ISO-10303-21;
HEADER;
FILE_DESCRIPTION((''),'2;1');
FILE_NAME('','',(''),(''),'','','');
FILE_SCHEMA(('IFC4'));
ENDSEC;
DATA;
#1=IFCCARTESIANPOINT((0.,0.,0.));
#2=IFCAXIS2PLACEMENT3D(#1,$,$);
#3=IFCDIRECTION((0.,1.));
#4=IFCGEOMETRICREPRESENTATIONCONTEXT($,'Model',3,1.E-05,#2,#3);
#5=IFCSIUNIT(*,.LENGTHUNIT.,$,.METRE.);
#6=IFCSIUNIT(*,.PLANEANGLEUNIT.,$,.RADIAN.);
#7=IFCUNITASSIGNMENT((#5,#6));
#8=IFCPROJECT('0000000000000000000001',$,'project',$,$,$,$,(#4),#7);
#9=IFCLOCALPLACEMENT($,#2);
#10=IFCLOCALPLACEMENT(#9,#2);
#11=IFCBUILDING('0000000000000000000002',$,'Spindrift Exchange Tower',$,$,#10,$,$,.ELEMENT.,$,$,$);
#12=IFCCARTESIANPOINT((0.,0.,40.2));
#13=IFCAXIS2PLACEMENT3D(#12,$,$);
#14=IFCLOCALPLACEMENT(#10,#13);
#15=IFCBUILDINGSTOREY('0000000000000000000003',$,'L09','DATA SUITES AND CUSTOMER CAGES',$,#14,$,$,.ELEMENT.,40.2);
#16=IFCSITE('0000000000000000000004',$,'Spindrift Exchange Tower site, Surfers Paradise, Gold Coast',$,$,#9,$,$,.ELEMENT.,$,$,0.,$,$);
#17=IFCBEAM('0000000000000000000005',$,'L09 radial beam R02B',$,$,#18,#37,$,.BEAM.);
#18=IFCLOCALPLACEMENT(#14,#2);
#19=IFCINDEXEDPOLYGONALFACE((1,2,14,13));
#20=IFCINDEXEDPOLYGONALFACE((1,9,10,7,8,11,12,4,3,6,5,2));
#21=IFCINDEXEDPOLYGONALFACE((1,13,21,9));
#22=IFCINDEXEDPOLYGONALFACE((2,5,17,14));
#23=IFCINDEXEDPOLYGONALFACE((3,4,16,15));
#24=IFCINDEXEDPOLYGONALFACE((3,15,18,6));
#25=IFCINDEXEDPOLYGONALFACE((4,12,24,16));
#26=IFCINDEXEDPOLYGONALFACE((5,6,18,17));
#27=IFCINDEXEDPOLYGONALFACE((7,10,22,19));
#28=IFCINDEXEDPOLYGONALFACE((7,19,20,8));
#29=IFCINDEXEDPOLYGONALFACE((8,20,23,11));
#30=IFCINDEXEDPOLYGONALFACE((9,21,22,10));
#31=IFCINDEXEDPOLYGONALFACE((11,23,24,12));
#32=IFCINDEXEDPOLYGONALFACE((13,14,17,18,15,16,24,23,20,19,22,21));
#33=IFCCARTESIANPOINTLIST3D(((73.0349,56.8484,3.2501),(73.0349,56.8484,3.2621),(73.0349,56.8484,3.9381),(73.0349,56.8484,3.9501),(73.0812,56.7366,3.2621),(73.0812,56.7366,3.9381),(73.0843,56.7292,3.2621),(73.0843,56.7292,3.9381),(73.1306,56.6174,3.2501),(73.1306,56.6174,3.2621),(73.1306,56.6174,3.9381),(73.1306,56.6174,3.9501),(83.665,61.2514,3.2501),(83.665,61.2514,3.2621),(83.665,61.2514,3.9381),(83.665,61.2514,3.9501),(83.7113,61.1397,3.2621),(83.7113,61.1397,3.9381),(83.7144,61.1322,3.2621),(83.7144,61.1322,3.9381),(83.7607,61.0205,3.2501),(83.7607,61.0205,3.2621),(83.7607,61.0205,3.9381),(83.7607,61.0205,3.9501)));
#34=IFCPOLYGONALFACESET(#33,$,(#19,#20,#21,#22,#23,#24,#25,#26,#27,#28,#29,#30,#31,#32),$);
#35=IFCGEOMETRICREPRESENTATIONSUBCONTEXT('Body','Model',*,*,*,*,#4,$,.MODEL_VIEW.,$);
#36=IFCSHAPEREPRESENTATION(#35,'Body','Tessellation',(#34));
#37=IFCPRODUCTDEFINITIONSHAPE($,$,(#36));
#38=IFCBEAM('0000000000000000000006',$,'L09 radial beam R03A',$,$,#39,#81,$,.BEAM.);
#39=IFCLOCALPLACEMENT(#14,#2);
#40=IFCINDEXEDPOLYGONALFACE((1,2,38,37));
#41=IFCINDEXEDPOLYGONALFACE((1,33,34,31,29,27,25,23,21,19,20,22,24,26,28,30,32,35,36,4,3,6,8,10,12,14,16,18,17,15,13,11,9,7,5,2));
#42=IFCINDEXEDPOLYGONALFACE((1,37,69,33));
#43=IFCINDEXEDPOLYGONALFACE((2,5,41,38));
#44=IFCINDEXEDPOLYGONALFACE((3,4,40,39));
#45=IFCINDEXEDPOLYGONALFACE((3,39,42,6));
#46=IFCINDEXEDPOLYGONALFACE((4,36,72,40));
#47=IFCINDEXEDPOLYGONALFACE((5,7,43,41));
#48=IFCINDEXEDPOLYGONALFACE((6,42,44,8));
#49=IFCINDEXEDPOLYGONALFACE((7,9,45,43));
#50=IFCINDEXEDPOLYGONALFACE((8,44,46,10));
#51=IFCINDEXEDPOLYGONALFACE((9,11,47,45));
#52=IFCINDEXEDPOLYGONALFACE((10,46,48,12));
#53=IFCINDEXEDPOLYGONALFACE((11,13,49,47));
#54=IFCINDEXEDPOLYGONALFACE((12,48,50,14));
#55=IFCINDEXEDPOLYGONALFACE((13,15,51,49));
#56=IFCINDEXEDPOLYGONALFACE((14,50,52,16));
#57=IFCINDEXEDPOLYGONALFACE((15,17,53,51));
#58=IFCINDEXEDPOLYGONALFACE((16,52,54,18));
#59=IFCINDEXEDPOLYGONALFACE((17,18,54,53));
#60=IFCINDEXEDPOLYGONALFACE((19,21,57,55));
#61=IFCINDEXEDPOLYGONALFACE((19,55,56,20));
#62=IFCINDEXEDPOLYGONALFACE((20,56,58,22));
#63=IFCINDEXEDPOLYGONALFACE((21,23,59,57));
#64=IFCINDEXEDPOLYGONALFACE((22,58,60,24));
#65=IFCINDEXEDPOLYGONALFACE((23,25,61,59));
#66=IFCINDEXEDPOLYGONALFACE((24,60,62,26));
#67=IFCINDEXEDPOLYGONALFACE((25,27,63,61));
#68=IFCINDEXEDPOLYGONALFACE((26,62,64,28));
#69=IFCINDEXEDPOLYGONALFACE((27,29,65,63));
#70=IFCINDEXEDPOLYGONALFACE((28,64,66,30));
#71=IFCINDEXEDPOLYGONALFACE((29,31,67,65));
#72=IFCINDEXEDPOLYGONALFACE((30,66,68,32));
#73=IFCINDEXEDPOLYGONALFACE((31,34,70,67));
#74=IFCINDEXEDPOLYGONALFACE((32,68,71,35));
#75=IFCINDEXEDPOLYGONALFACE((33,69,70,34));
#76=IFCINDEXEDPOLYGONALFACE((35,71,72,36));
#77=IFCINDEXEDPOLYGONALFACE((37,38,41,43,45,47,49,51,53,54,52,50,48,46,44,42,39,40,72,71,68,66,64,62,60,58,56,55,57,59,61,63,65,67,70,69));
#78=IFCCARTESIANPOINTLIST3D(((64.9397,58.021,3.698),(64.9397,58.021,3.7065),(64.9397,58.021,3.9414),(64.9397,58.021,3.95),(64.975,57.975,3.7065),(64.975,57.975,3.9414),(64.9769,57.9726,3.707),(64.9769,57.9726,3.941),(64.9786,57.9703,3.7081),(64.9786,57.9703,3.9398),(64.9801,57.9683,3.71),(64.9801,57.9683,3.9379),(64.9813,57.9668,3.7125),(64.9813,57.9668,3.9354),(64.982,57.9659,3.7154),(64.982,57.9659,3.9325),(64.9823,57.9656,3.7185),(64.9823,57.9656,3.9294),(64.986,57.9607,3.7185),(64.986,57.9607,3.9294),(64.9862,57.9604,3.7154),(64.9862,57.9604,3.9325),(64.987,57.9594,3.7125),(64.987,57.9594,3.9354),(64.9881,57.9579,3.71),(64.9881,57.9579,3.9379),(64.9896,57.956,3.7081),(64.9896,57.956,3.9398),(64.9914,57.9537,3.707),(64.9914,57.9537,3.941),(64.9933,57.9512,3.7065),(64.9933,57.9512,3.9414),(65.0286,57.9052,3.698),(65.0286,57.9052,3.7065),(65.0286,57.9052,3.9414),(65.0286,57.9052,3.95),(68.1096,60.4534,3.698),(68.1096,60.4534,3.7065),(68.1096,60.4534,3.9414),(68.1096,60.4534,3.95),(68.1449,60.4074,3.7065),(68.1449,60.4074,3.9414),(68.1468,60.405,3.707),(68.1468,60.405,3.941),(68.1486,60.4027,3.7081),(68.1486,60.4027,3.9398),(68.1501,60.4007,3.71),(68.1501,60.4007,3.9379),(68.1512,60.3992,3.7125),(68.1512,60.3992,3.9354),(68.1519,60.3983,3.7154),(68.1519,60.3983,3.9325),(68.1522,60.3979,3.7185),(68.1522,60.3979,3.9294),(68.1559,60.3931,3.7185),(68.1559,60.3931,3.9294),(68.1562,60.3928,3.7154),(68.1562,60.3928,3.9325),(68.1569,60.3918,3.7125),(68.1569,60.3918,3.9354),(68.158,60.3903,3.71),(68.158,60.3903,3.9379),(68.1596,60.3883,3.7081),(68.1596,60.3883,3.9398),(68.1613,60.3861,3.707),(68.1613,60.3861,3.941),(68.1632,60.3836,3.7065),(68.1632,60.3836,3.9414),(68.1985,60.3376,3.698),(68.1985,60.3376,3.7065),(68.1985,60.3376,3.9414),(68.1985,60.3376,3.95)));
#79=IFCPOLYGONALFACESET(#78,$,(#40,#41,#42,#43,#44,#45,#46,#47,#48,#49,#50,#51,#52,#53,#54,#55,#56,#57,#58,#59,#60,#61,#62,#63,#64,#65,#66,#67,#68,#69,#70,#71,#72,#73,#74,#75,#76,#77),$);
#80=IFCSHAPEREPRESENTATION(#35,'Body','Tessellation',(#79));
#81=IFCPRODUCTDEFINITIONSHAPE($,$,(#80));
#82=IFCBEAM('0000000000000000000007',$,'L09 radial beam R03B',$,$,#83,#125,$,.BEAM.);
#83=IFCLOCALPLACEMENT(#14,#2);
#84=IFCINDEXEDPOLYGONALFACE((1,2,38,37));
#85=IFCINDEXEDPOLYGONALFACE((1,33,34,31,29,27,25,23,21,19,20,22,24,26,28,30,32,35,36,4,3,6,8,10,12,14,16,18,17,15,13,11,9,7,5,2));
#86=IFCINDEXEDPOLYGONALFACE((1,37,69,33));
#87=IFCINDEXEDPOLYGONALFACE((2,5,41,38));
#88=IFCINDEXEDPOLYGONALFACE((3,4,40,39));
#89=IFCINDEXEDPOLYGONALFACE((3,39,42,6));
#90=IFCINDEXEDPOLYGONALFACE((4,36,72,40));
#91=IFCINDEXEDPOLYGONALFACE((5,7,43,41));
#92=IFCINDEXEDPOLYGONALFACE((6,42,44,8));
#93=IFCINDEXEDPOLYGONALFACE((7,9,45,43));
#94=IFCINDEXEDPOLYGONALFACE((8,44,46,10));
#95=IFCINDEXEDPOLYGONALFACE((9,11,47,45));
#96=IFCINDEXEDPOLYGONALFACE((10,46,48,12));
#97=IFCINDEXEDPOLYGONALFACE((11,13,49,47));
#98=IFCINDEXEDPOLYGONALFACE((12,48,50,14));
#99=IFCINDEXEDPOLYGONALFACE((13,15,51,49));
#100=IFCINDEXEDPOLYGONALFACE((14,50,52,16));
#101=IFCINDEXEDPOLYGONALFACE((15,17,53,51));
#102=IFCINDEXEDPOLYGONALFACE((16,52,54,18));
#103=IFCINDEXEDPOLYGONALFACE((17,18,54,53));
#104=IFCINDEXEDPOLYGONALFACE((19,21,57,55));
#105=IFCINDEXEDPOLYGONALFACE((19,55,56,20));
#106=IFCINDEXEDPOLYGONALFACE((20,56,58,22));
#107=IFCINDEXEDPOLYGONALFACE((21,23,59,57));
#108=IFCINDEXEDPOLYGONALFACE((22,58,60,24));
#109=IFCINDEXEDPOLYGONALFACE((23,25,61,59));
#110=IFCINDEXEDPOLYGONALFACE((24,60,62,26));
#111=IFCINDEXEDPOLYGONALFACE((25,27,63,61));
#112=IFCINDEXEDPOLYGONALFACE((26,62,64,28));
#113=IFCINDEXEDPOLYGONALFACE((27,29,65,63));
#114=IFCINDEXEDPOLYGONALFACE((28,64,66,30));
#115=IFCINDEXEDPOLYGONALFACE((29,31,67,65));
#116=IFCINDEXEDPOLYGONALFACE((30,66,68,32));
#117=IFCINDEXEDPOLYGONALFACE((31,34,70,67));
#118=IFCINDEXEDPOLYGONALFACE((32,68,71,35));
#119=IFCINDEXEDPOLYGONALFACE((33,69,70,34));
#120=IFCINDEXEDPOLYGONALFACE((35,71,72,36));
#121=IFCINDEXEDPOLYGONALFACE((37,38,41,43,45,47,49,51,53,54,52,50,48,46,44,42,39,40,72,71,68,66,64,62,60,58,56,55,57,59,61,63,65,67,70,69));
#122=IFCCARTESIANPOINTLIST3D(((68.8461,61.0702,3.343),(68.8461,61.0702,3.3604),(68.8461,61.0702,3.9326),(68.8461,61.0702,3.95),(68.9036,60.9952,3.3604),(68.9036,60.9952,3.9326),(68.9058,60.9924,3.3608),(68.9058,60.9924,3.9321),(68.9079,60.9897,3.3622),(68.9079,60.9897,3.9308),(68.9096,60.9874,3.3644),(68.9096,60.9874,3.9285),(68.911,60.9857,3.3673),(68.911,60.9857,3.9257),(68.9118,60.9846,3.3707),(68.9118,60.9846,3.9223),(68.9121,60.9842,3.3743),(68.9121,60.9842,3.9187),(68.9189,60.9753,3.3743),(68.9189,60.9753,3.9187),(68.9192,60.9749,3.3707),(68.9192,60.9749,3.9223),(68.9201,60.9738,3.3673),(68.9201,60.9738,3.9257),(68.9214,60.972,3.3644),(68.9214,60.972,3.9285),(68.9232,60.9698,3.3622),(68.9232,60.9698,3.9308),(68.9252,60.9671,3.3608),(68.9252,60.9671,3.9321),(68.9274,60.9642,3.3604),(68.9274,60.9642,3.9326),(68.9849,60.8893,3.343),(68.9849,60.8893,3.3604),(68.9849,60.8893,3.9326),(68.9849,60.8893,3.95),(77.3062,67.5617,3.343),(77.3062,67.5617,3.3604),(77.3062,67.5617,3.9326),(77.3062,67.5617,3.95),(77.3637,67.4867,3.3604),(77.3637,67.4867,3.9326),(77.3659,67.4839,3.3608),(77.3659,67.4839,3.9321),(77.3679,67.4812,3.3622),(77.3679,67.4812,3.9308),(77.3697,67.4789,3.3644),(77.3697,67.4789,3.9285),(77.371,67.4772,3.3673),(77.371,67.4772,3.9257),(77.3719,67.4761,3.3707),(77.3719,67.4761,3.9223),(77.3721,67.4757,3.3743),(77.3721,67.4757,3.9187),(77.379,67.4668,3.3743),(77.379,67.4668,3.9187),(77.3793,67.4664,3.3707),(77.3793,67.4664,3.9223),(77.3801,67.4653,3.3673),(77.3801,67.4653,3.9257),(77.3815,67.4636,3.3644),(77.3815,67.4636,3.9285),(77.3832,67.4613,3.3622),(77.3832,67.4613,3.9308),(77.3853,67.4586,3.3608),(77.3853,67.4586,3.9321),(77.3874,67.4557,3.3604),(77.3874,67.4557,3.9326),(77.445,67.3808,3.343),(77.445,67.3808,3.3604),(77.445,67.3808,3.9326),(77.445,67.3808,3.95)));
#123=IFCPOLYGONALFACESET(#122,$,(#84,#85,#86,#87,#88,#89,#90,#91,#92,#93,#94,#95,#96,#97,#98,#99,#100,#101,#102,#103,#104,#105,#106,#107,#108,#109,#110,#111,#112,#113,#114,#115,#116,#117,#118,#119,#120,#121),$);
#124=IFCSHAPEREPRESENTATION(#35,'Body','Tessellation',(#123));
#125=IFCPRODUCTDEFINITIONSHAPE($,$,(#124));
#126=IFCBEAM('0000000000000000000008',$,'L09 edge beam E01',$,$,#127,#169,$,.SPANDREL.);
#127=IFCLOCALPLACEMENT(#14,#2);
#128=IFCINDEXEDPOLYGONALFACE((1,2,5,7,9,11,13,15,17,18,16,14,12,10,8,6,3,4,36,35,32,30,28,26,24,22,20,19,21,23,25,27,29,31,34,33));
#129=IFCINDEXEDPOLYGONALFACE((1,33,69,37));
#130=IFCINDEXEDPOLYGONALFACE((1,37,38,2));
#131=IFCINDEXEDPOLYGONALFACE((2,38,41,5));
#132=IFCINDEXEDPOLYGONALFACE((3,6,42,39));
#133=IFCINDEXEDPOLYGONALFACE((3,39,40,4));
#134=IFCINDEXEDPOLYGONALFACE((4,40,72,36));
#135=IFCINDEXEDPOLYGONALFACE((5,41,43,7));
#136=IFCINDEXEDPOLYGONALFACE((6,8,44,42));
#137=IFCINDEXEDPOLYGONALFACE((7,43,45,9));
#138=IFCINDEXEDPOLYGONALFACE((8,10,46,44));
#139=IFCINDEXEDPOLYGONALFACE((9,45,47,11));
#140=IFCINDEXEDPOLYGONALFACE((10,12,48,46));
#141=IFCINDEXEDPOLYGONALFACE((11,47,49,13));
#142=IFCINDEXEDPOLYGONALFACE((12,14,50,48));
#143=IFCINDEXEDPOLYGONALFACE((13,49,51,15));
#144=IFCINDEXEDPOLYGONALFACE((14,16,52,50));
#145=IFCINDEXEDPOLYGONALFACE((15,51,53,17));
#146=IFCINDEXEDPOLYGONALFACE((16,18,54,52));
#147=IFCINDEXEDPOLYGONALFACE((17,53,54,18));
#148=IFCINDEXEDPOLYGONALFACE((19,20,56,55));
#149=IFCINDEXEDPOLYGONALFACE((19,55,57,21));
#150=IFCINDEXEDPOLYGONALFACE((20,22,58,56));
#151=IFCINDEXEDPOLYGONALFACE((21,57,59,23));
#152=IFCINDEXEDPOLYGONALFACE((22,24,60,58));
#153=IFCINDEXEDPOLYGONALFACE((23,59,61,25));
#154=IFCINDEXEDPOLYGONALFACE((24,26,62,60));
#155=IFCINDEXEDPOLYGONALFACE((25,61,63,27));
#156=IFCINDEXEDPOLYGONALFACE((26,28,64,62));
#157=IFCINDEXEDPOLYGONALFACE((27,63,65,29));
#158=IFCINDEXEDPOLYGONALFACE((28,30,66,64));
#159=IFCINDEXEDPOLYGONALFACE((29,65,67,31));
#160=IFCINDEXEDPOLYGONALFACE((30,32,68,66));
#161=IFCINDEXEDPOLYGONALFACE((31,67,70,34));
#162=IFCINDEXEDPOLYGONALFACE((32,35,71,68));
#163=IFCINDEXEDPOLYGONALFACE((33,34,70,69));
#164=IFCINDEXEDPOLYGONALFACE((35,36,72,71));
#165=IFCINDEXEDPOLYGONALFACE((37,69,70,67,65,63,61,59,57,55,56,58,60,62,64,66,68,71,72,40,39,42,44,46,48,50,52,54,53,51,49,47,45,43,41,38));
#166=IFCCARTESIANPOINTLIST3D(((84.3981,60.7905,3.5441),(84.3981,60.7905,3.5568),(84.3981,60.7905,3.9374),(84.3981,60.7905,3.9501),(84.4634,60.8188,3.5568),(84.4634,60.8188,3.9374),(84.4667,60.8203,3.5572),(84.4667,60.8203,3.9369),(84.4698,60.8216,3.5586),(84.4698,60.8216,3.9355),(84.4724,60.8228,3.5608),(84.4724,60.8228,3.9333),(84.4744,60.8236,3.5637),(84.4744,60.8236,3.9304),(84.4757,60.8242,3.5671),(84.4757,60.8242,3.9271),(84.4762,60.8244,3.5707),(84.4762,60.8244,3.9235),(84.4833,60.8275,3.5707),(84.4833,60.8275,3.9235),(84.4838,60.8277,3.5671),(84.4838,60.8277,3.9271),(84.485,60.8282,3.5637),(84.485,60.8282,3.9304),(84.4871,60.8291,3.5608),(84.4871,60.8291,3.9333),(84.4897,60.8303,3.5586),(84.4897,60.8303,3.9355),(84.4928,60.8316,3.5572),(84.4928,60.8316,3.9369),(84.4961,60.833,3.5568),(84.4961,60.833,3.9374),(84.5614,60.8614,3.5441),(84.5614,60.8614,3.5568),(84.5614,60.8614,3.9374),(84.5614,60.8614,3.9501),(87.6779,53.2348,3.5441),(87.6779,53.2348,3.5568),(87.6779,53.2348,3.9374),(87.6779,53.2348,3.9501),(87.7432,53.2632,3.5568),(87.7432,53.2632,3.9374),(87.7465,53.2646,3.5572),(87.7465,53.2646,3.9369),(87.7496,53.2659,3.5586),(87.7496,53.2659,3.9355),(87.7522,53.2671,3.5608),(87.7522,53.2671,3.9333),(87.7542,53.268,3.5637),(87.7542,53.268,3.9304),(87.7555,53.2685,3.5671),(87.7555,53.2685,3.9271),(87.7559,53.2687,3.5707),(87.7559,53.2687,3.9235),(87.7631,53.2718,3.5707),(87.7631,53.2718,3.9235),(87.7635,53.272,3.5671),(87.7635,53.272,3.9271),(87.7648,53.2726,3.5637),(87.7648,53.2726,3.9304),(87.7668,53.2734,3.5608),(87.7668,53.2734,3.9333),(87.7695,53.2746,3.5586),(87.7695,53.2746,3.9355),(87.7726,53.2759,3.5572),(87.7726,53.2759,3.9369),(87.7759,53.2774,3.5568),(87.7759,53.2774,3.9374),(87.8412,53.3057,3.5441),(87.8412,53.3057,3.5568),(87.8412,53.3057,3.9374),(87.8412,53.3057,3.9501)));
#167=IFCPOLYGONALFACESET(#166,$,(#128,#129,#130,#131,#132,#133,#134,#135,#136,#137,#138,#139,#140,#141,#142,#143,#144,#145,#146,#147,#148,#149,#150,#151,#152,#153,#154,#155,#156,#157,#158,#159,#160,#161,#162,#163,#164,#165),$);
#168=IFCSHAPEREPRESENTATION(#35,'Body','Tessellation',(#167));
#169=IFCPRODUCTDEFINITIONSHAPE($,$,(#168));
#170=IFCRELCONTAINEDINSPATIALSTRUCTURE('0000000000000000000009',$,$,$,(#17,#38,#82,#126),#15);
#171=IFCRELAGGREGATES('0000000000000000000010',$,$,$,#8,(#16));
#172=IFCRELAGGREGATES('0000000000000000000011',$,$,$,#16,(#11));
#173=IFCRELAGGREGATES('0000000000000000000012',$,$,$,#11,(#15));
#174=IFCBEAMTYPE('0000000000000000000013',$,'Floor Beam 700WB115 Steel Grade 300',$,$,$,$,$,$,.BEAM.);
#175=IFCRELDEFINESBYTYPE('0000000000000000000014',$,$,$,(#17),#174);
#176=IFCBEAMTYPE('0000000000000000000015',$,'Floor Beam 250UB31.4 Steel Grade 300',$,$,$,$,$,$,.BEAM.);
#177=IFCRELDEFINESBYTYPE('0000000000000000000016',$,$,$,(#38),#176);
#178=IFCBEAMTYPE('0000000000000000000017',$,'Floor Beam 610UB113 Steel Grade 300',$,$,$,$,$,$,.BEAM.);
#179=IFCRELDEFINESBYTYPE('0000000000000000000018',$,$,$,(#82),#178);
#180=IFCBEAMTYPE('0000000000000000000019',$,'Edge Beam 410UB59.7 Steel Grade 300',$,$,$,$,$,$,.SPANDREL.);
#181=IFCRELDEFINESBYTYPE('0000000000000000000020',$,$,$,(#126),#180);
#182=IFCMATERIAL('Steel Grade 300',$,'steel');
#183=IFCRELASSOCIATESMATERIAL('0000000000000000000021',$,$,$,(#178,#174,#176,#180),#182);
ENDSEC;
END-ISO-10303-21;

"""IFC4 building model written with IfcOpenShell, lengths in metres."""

from ifc_helpers import new_model, si_unit, direction, frame, origin, origin_2d, place, context, subcontext, project, spatial, i_section, extrude, source, transform, mapped, material, material_profile, profile_set, type_object, element, save


model = new_model("IFC4")

# Units and contexts
model_context = context("Model", 3, precision=1e-05, world=origin(), true_north=direction((0.0, 1.0)))
body_context = subcontext(model_context, "Body", "Model", "MODEL_VIEW")
ifc_project = project(units=[si_unit("LENGTHUNIT", "METRE"), si_unit("PLANEANGLEUNIT", "RADIAN")], contexts=[model_context])

# Site, building, storey
site_placement = place(None, origin())
site = spatial("IfcSite", under=ifc_project, at=site_placement, Name="Spindrift Exchange Tower site, Surfers Paradise, Gold Coast", CompositionType="ELEMENT", RefElevation=0.0)
building_placement = place(site_placement, origin())
building = spatial("IfcBuilding", under=site, at=building_placement, Name="Spindrift Exchange Tower", CompositionType="ELEMENT")
storey_placement = place(building_placement, frame((0.0, 0.0, 40.2)))
storey = spatial("IfcBuildingStorey", under=building, at=storey_placement, Name="L09", Description="DATA SUITES AND CUSTOMER CAGES", CompositionType="ELEMENT", Elevation=40.2)

# Beams
ifc_material_1 = material(Name="Steel Grade 300", Category="steel")
ifc_material_profile_1 = material_profile(ifc_material_1, i_section(OverallWidth=0.228, OverallDepth=0.6069, WebThickness=0.0112, FlangeThickness=0.0173, FilletRadius=0.0139, at=origin_2d()), Name="610UB113")
ifc_profile_set_1 = profile_set([ifc_material_profile_1], Name="Steel Grade 300")
beam_type_1 = type_object("IfcBeamType", Name="Floor Beam 610UB113 Steel Grade 300", PredefinedType="BEAM", material=ifc_profile_set_1)
ifc_material_profile_2 = material_profile(ifc_material_1, i_section(OverallWidth=0.25, OverallDepth=0.7, WebThickness=0.0081, FlangeThickness=0.012, at=origin_2d()), Name="700WB115")
ifc_profile_set_2 = profile_set([ifc_material_profile_2], Name="Steel Grade 300")
beam_type_2 = type_object("IfcBeamType", Name="Floor Beam 700WB115 Steel Grade 300", PredefinedType="BEAM", material=ifc_profile_set_2)
shared_shape_1 = source(origin(), body_context, "Body", "SweptSolid", [
    extrude(i_section(OverallWidth=0.25, OverallDepth=0.7, WebThickness=0.0081, FlangeThickness=0.012, at=origin_2d()), origin(), (0.0, 0.0, 1.0), 11.5059),
])
beam_1_placement = place(storey_placement, frame((73.0828, 56.7329, 3.6001), z_axis=(0.923882, 0.382678, 0.0), x_axis=(-0.382678, 0.923882, 0.0)))
element("IfcBeam", 1, at=beam_1_placement, inside=storey, type_object=beam_type_2, Name="L09 radial beam R02B", PredefinedType="BEAM", context=body_context, shape_type="MappedRepresentation", body=[
    mapped(shared_shape_1, transform((0.0, 0.0, 0.0), scale=1.0)),
])
ifc_material_profile_3 = material_profile(ifc_material_1, i_section(OverallWidth=0.146, OverallDepth=0.252, WebThickness=0.0061, FlangeThickness=0.0085, FilletRadius=0.012, at=origin_2d()), Name="250UB31.4")
ifc_profile_set_3 = profile_set([ifc_material_profile_3], Name="Steel Grade 300")
beam_type_3 = type_object("IfcBeamType", Name="Floor Beam 250UB31.4 Steel Grade 300", PredefinedType="BEAM", material=ifc_profile_set_3)
shared_shape_2 = source(origin(), body_context, "Body", "SweptSolid", [
    extrude(i_section(OverallWidth=0.146, OverallDepth=0.252, WebThickness=0.0061, FlangeThickness=0.0085, FilletRadius=0.012, at=origin_2d()), origin(), (0.0, 0.0, 1.0), 3.9956),
])
beam_2_placement = place(storey_placement, frame((64.9841, 57.9631, 3.824), z_axis=(0.793353, 0.608762, 0.0), x_axis=(-0.608762, 0.793353, 0.0)))
element("IfcBeam", 2, at=beam_2_placement, inside=storey, type_object=beam_type_3, Name="L09 radial beam R03A", PredefinedType="BEAM", context=body_context, shape_type="MappedRepresentation", body=[
    mapped(shared_shape_2, transform((0.0, 0.0, 0.0), scale=1.0)),
])
shared_shape_3 = source(origin(), body_context, "Body", "SweptSolid", [
    extrude(i_section(OverallWidth=0.228, OverallDepth=0.6069, WebThickness=0.0112, FlangeThickness=0.0173, FilletRadius=0.0139, at=origin_2d()), origin(), (0.0, 0.0, 1.0), 10.6636),
])
beam_3_placement = place(storey_placement, frame((68.9155, 60.9797, 3.6465), z_axis=(0.793358, 0.608755, 0.0), x_axis=(-0.608755, 0.793358, 0.0)))
element("IfcBeam", 3, at=beam_3_placement, inside=storey, type_object=beam_type_1, Name="L09 radial beam R03B", PredefinedType="BEAM", context=body_context, shape_type="MappedRepresentation", body=[
    mapped(shared_shape_3, transform((0.0, 0.0, 0.0), scale=1.0)),
])
ifc_material_profile_4 = material_profile(ifc_material_1, i_section(OverallWidth=0.178, OverallDepth=0.406, WebThickness=0.0078, FlangeThickness=0.0127, FilletRadius=0.0139, at=origin_2d()), Name="410UB59.7")
ifc_profile_set_4 = profile_set([ifc_material_profile_4], Name="Steel Grade 300")
beam_type_4 = type_object("IfcBeamType", Name="Edge Beam 410UB59.7 Steel Grade 300", PredefinedType="SPANDREL", material=ifc_profile_set_4)
shared_shape_4 = source(origin(), body_context, "Body", "SweptSolid", [
    extrude(i_section(OverallWidth=0.178, OverallDepth=0.406, WebThickness=0.0078, FlangeThickness=0.0127, FilletRadius=0.0139, at=origin_2d()), origin(), (0.0, 0.0, 1.0), 8.2368),
])
beam_4_placement = place(storey_placement, frame((87.7595, 53.2703, 3.7471), z_axis=(-0.398186, 0.917305, 0.0), x_axis=(-0.917305, -0.398186, 0.0)))
element("IfcBeam", 4, at=beam_4_placement, inside=storey, type_object=beam_type_4, Name="L09 edge beam E01", PredefinedType="SPANDREL", context=body_context, shape_type="MappedRepresentation", body=[
    mapped(shared_shape_4, transform((0.0, 0.0, 0.0), scale=1.0)),
])

save(model, "model.ifc")
